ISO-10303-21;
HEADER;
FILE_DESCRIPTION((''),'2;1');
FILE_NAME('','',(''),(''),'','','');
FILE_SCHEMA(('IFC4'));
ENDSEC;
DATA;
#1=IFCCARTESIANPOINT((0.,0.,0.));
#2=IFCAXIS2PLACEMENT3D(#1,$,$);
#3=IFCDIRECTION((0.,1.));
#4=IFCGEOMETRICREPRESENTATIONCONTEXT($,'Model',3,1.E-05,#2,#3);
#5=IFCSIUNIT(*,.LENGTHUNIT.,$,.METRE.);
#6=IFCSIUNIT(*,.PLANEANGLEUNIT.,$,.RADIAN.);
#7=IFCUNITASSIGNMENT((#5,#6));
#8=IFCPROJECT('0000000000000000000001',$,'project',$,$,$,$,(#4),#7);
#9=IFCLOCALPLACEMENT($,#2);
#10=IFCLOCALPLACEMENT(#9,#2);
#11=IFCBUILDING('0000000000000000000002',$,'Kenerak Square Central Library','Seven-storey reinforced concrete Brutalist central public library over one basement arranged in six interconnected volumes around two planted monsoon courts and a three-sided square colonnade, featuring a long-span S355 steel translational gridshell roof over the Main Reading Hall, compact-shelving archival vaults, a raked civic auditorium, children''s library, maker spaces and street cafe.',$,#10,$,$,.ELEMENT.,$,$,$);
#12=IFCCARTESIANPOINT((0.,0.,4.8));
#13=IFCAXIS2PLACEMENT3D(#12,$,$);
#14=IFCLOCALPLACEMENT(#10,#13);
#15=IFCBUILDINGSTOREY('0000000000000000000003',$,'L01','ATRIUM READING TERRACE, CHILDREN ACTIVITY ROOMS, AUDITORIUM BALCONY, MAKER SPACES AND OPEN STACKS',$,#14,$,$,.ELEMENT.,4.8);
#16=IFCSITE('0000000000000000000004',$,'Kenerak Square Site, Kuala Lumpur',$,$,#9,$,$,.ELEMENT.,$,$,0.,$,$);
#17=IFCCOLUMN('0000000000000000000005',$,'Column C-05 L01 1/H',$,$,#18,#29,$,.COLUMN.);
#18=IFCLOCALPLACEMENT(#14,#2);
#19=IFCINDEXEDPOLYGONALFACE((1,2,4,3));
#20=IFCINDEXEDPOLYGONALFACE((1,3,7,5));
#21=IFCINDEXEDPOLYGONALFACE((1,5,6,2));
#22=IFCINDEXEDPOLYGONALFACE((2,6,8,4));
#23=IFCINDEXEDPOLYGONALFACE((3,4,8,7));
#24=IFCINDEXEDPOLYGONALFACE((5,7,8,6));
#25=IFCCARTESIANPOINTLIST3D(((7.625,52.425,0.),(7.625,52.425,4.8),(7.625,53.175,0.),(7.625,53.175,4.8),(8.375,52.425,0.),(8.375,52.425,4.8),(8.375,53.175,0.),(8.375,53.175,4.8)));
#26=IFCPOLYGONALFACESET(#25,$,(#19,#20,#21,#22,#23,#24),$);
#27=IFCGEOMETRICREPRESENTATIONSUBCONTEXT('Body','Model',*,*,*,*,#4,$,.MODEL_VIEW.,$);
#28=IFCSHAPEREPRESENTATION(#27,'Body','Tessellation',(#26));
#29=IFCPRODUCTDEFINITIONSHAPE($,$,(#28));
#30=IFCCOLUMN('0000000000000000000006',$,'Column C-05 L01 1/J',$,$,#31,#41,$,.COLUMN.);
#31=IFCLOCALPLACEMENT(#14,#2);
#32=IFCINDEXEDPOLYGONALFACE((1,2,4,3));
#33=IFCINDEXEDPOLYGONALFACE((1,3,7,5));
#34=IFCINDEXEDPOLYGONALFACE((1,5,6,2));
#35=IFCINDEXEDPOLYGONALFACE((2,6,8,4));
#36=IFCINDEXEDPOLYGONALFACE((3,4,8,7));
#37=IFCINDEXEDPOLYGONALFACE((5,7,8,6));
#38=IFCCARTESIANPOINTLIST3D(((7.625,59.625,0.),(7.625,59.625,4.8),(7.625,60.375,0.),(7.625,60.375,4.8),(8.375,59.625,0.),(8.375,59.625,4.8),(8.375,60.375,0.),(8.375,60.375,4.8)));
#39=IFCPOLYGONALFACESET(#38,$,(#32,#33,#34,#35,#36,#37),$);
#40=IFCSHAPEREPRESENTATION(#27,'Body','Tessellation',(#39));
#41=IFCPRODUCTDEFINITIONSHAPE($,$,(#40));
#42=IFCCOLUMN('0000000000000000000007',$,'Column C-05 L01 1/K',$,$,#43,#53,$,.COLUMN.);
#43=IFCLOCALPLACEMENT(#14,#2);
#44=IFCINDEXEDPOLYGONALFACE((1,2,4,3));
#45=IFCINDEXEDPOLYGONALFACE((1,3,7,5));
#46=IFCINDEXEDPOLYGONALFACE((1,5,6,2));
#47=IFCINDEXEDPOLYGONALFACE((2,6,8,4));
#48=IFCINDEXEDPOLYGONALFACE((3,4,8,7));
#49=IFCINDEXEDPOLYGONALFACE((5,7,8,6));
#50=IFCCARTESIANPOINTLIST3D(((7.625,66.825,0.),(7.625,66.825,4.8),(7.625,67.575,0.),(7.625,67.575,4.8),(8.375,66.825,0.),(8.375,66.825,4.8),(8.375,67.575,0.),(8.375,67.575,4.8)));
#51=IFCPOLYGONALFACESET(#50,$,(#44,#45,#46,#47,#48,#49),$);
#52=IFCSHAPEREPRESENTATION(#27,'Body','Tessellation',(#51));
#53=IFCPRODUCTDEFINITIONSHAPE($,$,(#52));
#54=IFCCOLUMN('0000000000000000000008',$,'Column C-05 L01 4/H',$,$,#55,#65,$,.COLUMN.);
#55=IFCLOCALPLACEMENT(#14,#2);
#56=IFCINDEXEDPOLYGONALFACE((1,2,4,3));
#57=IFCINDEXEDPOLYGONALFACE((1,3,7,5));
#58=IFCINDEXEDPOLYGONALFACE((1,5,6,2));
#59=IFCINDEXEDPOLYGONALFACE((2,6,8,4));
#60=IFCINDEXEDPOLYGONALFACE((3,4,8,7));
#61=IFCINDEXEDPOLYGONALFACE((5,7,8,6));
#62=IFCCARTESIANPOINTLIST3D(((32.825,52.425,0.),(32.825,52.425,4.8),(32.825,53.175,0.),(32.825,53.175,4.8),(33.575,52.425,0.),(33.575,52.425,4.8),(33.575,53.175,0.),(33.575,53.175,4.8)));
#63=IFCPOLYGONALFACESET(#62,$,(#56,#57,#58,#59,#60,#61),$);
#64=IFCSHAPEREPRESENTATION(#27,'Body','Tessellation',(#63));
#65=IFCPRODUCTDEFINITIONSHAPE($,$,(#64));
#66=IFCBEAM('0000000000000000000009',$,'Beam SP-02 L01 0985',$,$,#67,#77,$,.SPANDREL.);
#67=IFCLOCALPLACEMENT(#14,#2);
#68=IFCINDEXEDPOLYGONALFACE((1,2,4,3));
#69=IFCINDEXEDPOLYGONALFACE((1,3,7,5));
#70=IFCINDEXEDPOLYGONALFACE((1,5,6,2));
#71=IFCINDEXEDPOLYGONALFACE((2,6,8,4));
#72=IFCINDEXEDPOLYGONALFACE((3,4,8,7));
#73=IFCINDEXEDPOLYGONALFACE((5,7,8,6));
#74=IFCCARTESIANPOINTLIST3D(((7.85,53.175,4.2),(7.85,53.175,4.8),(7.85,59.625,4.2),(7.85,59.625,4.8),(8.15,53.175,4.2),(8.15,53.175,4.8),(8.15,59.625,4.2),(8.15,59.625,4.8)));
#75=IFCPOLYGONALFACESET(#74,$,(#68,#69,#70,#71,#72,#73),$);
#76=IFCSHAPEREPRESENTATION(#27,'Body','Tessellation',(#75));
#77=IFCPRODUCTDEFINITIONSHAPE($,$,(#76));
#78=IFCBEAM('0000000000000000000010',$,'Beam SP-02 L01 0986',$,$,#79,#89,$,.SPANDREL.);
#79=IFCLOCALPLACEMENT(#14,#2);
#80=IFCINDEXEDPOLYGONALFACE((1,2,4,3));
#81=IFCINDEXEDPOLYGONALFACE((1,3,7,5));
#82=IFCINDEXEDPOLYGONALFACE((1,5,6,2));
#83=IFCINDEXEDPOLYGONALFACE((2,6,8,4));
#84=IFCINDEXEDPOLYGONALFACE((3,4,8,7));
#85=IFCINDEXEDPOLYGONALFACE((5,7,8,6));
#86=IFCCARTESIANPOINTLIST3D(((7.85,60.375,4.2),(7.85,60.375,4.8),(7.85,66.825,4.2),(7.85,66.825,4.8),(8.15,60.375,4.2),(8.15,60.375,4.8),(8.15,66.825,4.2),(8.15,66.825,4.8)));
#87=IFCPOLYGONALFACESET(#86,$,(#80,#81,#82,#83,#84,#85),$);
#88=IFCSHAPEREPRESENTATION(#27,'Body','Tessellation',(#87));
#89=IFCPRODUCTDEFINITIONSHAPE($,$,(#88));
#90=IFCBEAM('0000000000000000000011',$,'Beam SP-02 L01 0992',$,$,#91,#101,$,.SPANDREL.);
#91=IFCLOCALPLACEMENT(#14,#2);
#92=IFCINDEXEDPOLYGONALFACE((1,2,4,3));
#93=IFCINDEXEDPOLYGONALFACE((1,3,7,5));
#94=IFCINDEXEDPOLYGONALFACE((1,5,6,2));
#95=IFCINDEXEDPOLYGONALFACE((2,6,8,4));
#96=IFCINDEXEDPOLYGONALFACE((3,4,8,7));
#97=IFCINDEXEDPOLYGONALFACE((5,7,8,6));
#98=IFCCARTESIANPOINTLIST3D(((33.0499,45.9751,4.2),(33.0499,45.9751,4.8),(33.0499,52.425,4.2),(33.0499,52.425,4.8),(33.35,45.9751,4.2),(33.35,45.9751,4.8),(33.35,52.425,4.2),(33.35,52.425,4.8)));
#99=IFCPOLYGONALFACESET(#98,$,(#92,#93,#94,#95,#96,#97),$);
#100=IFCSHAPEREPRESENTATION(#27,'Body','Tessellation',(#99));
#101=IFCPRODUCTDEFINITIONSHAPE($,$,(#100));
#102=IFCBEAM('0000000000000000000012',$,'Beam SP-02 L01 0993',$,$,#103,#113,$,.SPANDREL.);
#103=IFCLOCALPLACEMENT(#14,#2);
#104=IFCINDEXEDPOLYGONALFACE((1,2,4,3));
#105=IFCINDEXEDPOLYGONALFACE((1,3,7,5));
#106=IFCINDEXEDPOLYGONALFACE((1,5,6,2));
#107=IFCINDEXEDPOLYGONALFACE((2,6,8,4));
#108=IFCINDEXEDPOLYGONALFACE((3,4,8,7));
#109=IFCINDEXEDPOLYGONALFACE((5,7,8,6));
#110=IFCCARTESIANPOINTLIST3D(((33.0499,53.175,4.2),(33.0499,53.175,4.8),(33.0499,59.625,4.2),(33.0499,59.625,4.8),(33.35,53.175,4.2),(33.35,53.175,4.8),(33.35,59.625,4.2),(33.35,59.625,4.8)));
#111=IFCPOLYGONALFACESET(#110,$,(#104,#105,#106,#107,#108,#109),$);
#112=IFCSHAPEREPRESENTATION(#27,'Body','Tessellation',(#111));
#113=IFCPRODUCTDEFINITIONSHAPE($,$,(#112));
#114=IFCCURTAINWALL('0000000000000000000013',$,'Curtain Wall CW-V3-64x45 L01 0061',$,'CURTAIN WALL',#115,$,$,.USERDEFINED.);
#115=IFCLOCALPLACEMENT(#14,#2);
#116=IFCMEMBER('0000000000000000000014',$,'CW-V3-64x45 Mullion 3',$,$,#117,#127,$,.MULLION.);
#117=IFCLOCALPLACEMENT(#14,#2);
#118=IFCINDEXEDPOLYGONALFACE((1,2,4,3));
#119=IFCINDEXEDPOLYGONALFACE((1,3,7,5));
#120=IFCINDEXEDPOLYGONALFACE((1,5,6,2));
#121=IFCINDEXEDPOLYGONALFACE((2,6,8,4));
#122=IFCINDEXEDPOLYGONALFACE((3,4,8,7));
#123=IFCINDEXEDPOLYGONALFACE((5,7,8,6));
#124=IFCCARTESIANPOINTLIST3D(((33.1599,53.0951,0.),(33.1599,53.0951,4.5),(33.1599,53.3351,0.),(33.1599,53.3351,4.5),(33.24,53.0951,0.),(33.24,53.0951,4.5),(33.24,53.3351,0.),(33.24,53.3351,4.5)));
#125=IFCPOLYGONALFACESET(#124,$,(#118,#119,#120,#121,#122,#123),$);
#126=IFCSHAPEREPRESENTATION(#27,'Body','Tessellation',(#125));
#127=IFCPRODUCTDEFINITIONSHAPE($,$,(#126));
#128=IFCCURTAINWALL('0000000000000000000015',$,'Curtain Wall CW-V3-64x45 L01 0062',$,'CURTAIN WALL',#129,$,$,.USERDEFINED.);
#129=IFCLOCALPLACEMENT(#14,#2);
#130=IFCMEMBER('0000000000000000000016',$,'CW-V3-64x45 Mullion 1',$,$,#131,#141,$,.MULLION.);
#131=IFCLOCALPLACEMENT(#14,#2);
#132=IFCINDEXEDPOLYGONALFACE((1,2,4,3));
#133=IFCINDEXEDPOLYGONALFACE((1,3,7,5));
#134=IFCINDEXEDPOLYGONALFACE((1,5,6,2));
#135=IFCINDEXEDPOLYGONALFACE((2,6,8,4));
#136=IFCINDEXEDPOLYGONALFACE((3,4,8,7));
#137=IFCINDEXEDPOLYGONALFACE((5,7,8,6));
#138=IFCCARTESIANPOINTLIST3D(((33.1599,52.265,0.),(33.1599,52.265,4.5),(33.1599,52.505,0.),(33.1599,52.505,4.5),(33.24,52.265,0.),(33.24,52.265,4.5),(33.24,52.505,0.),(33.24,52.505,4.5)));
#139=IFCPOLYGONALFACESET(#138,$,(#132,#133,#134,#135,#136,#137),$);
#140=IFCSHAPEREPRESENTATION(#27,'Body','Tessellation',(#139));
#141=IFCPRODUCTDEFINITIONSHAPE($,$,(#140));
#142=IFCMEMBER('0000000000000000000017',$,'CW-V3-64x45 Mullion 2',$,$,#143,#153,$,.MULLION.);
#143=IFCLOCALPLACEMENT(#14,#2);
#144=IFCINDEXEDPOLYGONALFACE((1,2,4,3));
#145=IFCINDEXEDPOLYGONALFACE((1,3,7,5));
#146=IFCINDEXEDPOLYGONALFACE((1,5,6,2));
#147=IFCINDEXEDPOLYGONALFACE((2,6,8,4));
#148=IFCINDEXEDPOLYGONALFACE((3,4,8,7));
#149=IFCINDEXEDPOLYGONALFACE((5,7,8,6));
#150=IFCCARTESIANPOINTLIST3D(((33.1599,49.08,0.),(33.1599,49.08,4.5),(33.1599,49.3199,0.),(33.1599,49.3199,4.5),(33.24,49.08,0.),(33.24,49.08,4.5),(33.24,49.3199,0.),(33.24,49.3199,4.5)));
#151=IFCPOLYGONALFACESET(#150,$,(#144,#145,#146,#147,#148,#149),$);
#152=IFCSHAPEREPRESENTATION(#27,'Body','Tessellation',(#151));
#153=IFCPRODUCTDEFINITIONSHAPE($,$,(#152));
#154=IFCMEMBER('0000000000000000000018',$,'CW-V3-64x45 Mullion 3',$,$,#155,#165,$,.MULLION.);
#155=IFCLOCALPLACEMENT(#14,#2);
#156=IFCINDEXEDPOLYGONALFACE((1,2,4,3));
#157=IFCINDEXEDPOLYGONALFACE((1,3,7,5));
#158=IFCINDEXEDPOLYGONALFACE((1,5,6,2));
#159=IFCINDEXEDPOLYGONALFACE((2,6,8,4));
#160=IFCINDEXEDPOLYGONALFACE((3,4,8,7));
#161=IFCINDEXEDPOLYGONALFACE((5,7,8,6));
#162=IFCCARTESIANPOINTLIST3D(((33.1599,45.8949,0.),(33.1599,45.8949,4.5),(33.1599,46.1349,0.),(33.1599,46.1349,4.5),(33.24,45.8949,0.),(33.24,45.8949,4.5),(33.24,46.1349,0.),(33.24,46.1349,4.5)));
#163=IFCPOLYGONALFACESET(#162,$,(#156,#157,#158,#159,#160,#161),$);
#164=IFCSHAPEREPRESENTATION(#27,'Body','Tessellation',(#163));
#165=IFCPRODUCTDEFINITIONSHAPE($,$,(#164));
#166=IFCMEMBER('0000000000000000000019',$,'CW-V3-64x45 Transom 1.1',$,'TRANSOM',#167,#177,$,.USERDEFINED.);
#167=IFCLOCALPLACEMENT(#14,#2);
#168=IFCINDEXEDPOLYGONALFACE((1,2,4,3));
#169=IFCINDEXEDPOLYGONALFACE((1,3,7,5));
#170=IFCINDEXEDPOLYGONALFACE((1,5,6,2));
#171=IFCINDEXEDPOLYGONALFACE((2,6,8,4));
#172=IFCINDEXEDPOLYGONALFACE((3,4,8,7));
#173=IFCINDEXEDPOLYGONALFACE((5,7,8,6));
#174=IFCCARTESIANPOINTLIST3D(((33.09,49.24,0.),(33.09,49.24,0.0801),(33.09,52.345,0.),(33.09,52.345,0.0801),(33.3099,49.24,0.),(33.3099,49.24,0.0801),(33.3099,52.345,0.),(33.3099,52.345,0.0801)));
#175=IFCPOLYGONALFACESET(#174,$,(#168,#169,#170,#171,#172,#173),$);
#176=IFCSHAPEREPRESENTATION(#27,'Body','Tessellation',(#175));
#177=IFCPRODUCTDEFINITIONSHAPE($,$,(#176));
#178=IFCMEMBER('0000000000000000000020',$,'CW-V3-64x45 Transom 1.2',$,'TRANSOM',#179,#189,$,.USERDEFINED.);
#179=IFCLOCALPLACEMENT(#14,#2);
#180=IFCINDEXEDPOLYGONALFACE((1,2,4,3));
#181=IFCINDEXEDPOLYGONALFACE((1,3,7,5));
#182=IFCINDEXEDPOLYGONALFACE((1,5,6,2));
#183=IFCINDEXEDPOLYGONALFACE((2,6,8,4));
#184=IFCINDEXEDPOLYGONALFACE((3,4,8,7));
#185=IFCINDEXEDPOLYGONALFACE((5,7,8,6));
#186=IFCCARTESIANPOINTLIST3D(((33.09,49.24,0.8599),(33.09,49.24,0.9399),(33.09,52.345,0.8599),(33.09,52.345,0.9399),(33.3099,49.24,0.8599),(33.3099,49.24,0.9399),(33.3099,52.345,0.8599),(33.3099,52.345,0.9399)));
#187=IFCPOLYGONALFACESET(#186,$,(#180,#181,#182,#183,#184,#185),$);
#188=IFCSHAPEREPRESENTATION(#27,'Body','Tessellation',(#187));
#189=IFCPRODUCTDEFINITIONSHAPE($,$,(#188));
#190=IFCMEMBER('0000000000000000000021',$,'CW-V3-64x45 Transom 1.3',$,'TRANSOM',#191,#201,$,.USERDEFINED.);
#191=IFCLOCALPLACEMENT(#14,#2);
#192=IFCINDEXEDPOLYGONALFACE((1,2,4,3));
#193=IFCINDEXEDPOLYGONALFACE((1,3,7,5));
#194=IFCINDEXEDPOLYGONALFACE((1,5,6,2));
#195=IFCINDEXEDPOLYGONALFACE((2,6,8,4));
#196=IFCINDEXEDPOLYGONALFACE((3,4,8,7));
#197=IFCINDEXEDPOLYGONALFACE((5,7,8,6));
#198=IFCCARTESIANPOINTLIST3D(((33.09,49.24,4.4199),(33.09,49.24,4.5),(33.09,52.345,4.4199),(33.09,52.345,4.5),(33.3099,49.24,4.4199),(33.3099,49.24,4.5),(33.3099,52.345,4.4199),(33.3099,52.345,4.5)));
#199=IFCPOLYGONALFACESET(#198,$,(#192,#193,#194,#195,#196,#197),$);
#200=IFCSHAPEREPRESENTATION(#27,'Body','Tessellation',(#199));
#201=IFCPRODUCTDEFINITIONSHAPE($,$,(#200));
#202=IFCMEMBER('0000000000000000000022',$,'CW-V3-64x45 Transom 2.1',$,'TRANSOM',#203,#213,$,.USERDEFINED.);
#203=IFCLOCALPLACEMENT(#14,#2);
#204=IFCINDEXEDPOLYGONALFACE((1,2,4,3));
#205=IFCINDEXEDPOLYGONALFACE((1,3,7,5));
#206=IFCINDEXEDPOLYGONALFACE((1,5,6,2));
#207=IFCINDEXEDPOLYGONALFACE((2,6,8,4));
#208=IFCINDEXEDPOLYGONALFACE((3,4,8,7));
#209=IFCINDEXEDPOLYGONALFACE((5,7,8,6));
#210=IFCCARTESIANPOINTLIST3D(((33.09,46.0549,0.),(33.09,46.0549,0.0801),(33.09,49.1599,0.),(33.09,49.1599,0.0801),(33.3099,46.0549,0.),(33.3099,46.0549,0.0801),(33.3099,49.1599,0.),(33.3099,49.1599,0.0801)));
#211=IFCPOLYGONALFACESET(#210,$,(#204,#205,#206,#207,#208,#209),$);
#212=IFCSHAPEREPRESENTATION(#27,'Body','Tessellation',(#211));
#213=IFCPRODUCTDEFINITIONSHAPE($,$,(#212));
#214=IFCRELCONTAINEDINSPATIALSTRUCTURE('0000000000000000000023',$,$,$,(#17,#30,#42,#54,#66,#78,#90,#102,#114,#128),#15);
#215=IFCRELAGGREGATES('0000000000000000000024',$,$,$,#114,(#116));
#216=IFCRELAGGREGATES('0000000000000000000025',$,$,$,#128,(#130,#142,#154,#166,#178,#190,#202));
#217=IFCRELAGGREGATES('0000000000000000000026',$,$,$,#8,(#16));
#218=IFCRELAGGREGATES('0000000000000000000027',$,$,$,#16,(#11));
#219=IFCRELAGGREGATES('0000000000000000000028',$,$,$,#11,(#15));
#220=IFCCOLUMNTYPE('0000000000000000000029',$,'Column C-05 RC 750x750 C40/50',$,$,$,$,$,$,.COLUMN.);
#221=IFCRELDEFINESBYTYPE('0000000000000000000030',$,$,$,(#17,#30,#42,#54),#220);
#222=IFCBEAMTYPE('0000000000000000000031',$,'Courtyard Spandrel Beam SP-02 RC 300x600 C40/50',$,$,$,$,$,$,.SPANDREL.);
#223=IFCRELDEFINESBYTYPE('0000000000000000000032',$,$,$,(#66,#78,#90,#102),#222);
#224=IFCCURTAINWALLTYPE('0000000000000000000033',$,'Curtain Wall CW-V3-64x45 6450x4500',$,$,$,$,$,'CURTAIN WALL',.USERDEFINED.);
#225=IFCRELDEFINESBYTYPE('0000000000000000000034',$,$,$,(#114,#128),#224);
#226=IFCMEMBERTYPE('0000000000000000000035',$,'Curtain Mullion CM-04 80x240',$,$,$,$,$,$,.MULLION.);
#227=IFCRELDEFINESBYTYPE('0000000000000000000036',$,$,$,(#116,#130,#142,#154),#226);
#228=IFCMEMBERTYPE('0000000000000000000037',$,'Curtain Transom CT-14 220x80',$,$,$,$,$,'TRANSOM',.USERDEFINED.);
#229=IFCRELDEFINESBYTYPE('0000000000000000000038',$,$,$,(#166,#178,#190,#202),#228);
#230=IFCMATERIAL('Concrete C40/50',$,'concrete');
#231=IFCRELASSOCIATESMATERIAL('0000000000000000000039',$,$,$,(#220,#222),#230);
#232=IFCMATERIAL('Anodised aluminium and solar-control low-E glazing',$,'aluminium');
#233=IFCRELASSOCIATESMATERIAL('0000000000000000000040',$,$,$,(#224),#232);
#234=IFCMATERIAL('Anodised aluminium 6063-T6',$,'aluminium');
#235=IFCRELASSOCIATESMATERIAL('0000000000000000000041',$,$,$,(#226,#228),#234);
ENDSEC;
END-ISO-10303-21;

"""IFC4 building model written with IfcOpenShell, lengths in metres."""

from ifc_helpers import new_model, si_unit, direction, frame, origin, origin_2d, place, context, subcontext, project, spatial, rectangle, extrude, material, material_profile, profile_set, type_object, element, aggregate, save


model = new_model("IFC4")

# Units and contexts
model_context = context("Model", 3, precision=1e-05, world=origin(), true_north=direction((0.0, 1.0)))
body_context = subcontext(model_context, "Body", "Model", "MODEL_VIEW")
ifc_project = project(units=[si_unit("LENGTHUNIT", "METRE"), si_unit("PLANEANGLEUNIT", "RADIAN")], contexts=[model_context])

# Site, building, storey
site_placement = place(None, origin())
site = spatial("IfcSite", under=ifc_project, at=site_placement, Name="Kenerak Square Site, Kuala Lumpur", CompositionType="ELEMENT", RefElevation=0.0)
building_placement = place(site_placement, origin())
building = spatial("IfcBuilding", under=site, at=building_placement, Name="Kenerak Square Central Library", Description="Seven-storey reinforced concrete Brutalist central public library over one basement arranged in six interconnected volumes around two planted monsoon courts and a three-sided square colonnade, featuring a long-span S355 steel translational gridshell roof over the Main Reading Hall, compact-shelving archival vaults, a raked civic auditorium, children's library, maker spaces and street cafe.", CompositionType="ELEMENT")
storey_placement = place(building_placement, frame((0.0, 0.0, 4.8)))
storey = spatial("IfcBuildingStorey", under=building, at=storey_placement, Name="L01", Description="ATRIUM READING TERRACE, CHILDREN ACTIVITY ROOMS, AUDITORIUM BALCONY, MAKER SPACES AND OPEN STACKS", CompositionType="ELEMENT", Elevation=4.8)

# Columns
ifc_material_1 = material(Name="Concrete C40/50", Category="concrete")
ifc_material_profile_1 = material_profile(ifc_material_1, rectangle(XDim=0.75, YDim=0.75, at=origin_2d()), Name="RC 750x750")
ifc_profile_set_1 = profile_set([ifc_material_profile_1], Name="Concrete C40/50")
column_type = type_object("IfcColumnType", Name="Column C-05 RC 750x750 C40/50", PredefinedType="COLUMN", material=ifc_profile_set_1)
for number, where, z_axis, x_axis, name in (
    (1, (8.0, 52.8, 0.0), (0.0, 0.0, 1.0), (1.0, 0.0, 0.0), "Column C-05 L01 1/H"),
    (2, (8.0, 60.0, 0.0), (0.0, 0.0, 1.0), (1.0, 0.0, 0.0), "Column C-05 L01 1/J"),
    (3, (8.0, 67.2, 0.0), (0.0, 0.0, 1.0), (1.0, 0.0, 0.0), "Column C-05 L01 1/K"),
    (4, (33.2, 52.8, 0.0), (0.0, 0.0, 1.0), (1.0, 0.0, 0.0), "Column C-05 L01 4/H"),
):
    element("IfcColumn", number, at=place(storey_placement, frame(where, z_axis=z_axis, x_axis=x_axis)), inside=storey, type_object=column_type, Name=name, PredefinedType="COLUMN", context=body_context, shape_type="SweptSolid", body=[
        extrude(rectangle(XDim=0.75, YDim=0.75, at=origin_2d()), origin(), (0.0, 0.0, 1.0), 4.8),
    ])

# Beams
ifc_material_profile_2 = material_profile(ifc_material_1, rectangle(XDim=0.3, YDim=0.6001, at=origin_2d()), Name="RC 300x600")
ifc_profile_set_2 = profile_set([ifc_material_profile_2], Name="Concrete C40/50")
beam_type = type_object("IfcBeamType", Name="Courtyard Spandrel Beam SP-02 RC 300x600 C40/50", PredefinedType="SPANDREL", material=ifc_profile_set_2)
for number, where, z_axis, x_axis, name in (
    (5, (8.0, 53.175, 4.5), (0.0, 1.0, 0.0), (-1.0, 0.0, 0.0), "Beam SP-02 L01 0985"),
    (6, (8.0, 60.375, 4.5), (0.0, 1.0, 0.0), (-1.0, 0.0, 0.0), "Beam SP-02 L01 0986"),
    (7, (33.2, 45.9751, 4.5), (0.0, 1.0, 0.0), (-1.0, 0.0, 0.0), "Beam SP-02 L01 0992"),
    (8, (33.2, 53.175, 4.5), (0.0, 1.0, 0.0), (-1.0, 0.0, 0.0), "Beam SP-02 L01 0993"),
):
    element("IfcBeam", number, at=place(storey_placement, frame(where, z_axis=z_axis, x_axis=x_axis)), inside=storey, type_object=beam_type, Name=name, PredefinedType="SPANDREL", context=body_context, shape_type="SweptSolid", body=[
        extrude(rectangle(XDim=0.3, YDim=0.6001, at=origin_2d()), origin(), (0.0, 0.0, 1.0), 6.45),
    ])

# Curtain wall, member
ifc_material_2 = material(Name="Anodised aluminium and solar-control low-E glazing", Category="aluminium")
curtain_wall_type = type_object("IfcCurtainWallType", Name="Curtain Wall CW-V3-64x45 6450x4500", ElementType="CURTAIN WALL", PredefinedType="USERDEFINED", material=ifc_material_2)
curtain_wall_1_placement = place(storey_placement, origin())
curtain_wall_1 = element("IfcCurtainWall", 9, at=curtain_wall_1_placement, inside=storey, type_object=curtain_wall_type, Name="Curtain Wall CW-V3-64x45 L01 0061", ObjectType="CURTAIN WALL", PredefinedType="USERDEFINED")
ifc_material_3 = material(Name="Anodised aluminium 6063-T6", Category="aluminium")
ifc_material_profile_3 = material_profile(ifc_material_3, rectangle(XDim=0.0801, YDim=0.24, at=origin_2d()), Name="AL MULLION 80x240")
ifc_profile_set_3 = profile_set([ifc_material_profile_3], Name="Anodised aluminium 6063-T6")
member_type_1 = type_object("IfcMemberType", Name="Curtain Mullion CM-04 80x240", PredefinedType="MULLION", material=ifc_profile_set_3)
member_1_placement = place(storey_placement, frame((33.2, 53.2151, 0.0), z_axis=(0.0, 0.0, 1.0), x_axis=(1.0, 0.0, 0.0)))
member_1 = element("IfcMember", 10, at=member_1_placement, type_object=member_type_1, Name="CW-V3-64x45 Mullion 3", PredefinedType="MULLION", context=body_context, shape_type="SweptSolid", body=[
    extrude(rectangle(XDim=0.0801, YDim=0.24, at=origin_2d()), origin(), (0.0, 0.0, 1.0), 4.5),
])

# Curtain wall, members
curtain_wall_2_placement = place(storey_placement, origin())
curtain_wall_2 = element("IfcCurtainWall", 11, at=curtain_wall_2_placement, inside=storey, type_object=curtain_wall_type, Name="Curtain Wall CW-V3-64x45 L01 0062", ObjectType="CURTAIN WALL", PredefinedType="USERDEFINED")
member_2_placement = place(storey_placement, frame((33.2, 52.385, 0.0), z_axis=(0.0, 0.0, 1.0), x_axis=(1.0, 0.0, 0.0)))
member_2 = element("IfcMember", 12, at=member_2_placement, type_object=member_type_1, Name="CW-V3-64x45 Mullion 1", PredefinedType="MULLION", context=body_context, shape_type="SweptSolid", body=[
    extrude(rectangle(XDim=0.0801, YDim=0.24, at=origin_2d()), origin(), (0.0, 0.0, 1.0), 4.5),
])
member_3_placement = place(storey_placement, frame((33.2, 49.2, 0.0), z_axis=(0.0, 0.0, 1.0), x_axis=(1.0, 0.0, 0.0)))
member_3 = element("IfcMember", 13, at=member_3_placement, type_object=member_type_1, Name="CW-V3-64x45 Mullion 2", PredefinedType="MULLION", context=body_context, shape_type="SweptSolid", body=[
    extrude(rectangle(XDim=0.0801, YDim=0.24, at=origin_2d()), origin(), (0.0, 0.0, 1.0), 4.5),
])
member_4_placement = place(storey_placement, frame((33.2, 46.0149, 0.0), z_axis=(0.0, 0.0, 1.0), x_axis=(1.0, 0.0, 0.0)))
member_4 = element("IfcMember", 14, at=member_4_placement, type_object=member_type_1, Name="CW-V3-64x45 Mullion 3", PredefinedType="MULLION", context=body_context, shape_type="SweptSolid", body=[
    extrude(rectangle(XDim=0.0801, YDim=0.24, at=origin_2d()), origin(), (0.0, 0.0, 1.0), 4.5),
])
ifc_material_profile_4 = material_profile(ifc_material_3, rectangle(XDim=0.22, YDim=0.0801, at=origin_2d()), Name="AL TRANSOM 220x80")
ifc_profile_set_4 = profile_set([ifc_material_profile_4], Name="Anodised aluminium 6063-T6")
member_type_2 = type_object("IfcMemberType", Name="Curtain Transom CT-14 220x80", ElementType="TRANSOM", PredefinedType="USERDEFINED", material=ifc_profile_set_4)
member_5_placement = place(storey_placement, frame((33.2, 52.345, 0.04), z_axis=(0.0, -1.0, 0.0), x_axis=(1.0, 0.0, 0.0)))
member_5 = element("IfcMember", 15, at=member_5_placement, type_object=member_type_2, Name="CW-V3-64x45 Transom 1.1", ObjectType="TRANSOM", PredefinedType="USERDEFINED", context=body_context, shape_type="SweptSolid", body=[
    extrude(rectangle(XDim=0.22, YDim=0.0801, at=origin_2d()), origin(), (0.0, 0.0, 1.0), 3.105),
])
member_6_placement = place(storey_placement, frame((33.2, 52.345, 0.8999), z_axis=(0.0, -1.0, 0.0), x_axis=(1.0, 0.0, 0.0)))
member_6 = element("IfcMember", 16, at=member_6_placement, type_object=member_type_2, Name="CW-V3-64x45 Transom 1.2", ObjectType="TRANSOM", PredefinedType="USERDEFINED", context=body_context, shape_type="SweptSolid", body=[
    extrude(rectangle(XDim=0.22, YDim=0.0801, at=origin_2d()), origin(), (0.0, 0.0, 1.0), 3.105),
])
member_7_placement = place(storey_placement, frame((33.2, 52.345, 4.46), z_axis=(0.0, -1.0, 0.0), x_axis=(1.0, 0.0, 0.0)))
member_7 = element("IfcMember", 17, at=member_7_placement, type_object=member_type_2, Name="CW-V3-64x45 Transom 1.3", ObjectType="TRANSOM", PredefinedType="USERDEFINED", context=body_context, shape_type="SweptSolid", body=[
    extrude(rectangle(XDim=0.22, YDim=0.0801, at=origin_2d()), origin(), (0.0, 0.0, 1.0), 3.105),
])
member_8_placement = place(storey_placement, frame((33.2, 49.1599, 0.04), z_axis=(0.0, -1.0, 0.0), x_axis=(1.0, 0.0, 0.0)))
member_8 = element("IfcMember", 18, at=member_8_placement, type_object=member_type_2, Name="CW-V3-64x45 Transom 2.1", ObjectType="TRANSOM", PredefinedType="USERDEFINED", context=body_context, shape_type="SweptSolid", body=[
    extrude(rectangle(XDim=0.22, YDim=0.0801, at=origin_2d()), origin(), (0.0, 0.0, 1.0), 3.105),
])

aggregate(curtain_wall_1, [member_1])
aggregate(curtain_wall_2, [member_2, member_3, member_4, member_5, member_6, member_7, member_8])

save(model, "model.ifc")
